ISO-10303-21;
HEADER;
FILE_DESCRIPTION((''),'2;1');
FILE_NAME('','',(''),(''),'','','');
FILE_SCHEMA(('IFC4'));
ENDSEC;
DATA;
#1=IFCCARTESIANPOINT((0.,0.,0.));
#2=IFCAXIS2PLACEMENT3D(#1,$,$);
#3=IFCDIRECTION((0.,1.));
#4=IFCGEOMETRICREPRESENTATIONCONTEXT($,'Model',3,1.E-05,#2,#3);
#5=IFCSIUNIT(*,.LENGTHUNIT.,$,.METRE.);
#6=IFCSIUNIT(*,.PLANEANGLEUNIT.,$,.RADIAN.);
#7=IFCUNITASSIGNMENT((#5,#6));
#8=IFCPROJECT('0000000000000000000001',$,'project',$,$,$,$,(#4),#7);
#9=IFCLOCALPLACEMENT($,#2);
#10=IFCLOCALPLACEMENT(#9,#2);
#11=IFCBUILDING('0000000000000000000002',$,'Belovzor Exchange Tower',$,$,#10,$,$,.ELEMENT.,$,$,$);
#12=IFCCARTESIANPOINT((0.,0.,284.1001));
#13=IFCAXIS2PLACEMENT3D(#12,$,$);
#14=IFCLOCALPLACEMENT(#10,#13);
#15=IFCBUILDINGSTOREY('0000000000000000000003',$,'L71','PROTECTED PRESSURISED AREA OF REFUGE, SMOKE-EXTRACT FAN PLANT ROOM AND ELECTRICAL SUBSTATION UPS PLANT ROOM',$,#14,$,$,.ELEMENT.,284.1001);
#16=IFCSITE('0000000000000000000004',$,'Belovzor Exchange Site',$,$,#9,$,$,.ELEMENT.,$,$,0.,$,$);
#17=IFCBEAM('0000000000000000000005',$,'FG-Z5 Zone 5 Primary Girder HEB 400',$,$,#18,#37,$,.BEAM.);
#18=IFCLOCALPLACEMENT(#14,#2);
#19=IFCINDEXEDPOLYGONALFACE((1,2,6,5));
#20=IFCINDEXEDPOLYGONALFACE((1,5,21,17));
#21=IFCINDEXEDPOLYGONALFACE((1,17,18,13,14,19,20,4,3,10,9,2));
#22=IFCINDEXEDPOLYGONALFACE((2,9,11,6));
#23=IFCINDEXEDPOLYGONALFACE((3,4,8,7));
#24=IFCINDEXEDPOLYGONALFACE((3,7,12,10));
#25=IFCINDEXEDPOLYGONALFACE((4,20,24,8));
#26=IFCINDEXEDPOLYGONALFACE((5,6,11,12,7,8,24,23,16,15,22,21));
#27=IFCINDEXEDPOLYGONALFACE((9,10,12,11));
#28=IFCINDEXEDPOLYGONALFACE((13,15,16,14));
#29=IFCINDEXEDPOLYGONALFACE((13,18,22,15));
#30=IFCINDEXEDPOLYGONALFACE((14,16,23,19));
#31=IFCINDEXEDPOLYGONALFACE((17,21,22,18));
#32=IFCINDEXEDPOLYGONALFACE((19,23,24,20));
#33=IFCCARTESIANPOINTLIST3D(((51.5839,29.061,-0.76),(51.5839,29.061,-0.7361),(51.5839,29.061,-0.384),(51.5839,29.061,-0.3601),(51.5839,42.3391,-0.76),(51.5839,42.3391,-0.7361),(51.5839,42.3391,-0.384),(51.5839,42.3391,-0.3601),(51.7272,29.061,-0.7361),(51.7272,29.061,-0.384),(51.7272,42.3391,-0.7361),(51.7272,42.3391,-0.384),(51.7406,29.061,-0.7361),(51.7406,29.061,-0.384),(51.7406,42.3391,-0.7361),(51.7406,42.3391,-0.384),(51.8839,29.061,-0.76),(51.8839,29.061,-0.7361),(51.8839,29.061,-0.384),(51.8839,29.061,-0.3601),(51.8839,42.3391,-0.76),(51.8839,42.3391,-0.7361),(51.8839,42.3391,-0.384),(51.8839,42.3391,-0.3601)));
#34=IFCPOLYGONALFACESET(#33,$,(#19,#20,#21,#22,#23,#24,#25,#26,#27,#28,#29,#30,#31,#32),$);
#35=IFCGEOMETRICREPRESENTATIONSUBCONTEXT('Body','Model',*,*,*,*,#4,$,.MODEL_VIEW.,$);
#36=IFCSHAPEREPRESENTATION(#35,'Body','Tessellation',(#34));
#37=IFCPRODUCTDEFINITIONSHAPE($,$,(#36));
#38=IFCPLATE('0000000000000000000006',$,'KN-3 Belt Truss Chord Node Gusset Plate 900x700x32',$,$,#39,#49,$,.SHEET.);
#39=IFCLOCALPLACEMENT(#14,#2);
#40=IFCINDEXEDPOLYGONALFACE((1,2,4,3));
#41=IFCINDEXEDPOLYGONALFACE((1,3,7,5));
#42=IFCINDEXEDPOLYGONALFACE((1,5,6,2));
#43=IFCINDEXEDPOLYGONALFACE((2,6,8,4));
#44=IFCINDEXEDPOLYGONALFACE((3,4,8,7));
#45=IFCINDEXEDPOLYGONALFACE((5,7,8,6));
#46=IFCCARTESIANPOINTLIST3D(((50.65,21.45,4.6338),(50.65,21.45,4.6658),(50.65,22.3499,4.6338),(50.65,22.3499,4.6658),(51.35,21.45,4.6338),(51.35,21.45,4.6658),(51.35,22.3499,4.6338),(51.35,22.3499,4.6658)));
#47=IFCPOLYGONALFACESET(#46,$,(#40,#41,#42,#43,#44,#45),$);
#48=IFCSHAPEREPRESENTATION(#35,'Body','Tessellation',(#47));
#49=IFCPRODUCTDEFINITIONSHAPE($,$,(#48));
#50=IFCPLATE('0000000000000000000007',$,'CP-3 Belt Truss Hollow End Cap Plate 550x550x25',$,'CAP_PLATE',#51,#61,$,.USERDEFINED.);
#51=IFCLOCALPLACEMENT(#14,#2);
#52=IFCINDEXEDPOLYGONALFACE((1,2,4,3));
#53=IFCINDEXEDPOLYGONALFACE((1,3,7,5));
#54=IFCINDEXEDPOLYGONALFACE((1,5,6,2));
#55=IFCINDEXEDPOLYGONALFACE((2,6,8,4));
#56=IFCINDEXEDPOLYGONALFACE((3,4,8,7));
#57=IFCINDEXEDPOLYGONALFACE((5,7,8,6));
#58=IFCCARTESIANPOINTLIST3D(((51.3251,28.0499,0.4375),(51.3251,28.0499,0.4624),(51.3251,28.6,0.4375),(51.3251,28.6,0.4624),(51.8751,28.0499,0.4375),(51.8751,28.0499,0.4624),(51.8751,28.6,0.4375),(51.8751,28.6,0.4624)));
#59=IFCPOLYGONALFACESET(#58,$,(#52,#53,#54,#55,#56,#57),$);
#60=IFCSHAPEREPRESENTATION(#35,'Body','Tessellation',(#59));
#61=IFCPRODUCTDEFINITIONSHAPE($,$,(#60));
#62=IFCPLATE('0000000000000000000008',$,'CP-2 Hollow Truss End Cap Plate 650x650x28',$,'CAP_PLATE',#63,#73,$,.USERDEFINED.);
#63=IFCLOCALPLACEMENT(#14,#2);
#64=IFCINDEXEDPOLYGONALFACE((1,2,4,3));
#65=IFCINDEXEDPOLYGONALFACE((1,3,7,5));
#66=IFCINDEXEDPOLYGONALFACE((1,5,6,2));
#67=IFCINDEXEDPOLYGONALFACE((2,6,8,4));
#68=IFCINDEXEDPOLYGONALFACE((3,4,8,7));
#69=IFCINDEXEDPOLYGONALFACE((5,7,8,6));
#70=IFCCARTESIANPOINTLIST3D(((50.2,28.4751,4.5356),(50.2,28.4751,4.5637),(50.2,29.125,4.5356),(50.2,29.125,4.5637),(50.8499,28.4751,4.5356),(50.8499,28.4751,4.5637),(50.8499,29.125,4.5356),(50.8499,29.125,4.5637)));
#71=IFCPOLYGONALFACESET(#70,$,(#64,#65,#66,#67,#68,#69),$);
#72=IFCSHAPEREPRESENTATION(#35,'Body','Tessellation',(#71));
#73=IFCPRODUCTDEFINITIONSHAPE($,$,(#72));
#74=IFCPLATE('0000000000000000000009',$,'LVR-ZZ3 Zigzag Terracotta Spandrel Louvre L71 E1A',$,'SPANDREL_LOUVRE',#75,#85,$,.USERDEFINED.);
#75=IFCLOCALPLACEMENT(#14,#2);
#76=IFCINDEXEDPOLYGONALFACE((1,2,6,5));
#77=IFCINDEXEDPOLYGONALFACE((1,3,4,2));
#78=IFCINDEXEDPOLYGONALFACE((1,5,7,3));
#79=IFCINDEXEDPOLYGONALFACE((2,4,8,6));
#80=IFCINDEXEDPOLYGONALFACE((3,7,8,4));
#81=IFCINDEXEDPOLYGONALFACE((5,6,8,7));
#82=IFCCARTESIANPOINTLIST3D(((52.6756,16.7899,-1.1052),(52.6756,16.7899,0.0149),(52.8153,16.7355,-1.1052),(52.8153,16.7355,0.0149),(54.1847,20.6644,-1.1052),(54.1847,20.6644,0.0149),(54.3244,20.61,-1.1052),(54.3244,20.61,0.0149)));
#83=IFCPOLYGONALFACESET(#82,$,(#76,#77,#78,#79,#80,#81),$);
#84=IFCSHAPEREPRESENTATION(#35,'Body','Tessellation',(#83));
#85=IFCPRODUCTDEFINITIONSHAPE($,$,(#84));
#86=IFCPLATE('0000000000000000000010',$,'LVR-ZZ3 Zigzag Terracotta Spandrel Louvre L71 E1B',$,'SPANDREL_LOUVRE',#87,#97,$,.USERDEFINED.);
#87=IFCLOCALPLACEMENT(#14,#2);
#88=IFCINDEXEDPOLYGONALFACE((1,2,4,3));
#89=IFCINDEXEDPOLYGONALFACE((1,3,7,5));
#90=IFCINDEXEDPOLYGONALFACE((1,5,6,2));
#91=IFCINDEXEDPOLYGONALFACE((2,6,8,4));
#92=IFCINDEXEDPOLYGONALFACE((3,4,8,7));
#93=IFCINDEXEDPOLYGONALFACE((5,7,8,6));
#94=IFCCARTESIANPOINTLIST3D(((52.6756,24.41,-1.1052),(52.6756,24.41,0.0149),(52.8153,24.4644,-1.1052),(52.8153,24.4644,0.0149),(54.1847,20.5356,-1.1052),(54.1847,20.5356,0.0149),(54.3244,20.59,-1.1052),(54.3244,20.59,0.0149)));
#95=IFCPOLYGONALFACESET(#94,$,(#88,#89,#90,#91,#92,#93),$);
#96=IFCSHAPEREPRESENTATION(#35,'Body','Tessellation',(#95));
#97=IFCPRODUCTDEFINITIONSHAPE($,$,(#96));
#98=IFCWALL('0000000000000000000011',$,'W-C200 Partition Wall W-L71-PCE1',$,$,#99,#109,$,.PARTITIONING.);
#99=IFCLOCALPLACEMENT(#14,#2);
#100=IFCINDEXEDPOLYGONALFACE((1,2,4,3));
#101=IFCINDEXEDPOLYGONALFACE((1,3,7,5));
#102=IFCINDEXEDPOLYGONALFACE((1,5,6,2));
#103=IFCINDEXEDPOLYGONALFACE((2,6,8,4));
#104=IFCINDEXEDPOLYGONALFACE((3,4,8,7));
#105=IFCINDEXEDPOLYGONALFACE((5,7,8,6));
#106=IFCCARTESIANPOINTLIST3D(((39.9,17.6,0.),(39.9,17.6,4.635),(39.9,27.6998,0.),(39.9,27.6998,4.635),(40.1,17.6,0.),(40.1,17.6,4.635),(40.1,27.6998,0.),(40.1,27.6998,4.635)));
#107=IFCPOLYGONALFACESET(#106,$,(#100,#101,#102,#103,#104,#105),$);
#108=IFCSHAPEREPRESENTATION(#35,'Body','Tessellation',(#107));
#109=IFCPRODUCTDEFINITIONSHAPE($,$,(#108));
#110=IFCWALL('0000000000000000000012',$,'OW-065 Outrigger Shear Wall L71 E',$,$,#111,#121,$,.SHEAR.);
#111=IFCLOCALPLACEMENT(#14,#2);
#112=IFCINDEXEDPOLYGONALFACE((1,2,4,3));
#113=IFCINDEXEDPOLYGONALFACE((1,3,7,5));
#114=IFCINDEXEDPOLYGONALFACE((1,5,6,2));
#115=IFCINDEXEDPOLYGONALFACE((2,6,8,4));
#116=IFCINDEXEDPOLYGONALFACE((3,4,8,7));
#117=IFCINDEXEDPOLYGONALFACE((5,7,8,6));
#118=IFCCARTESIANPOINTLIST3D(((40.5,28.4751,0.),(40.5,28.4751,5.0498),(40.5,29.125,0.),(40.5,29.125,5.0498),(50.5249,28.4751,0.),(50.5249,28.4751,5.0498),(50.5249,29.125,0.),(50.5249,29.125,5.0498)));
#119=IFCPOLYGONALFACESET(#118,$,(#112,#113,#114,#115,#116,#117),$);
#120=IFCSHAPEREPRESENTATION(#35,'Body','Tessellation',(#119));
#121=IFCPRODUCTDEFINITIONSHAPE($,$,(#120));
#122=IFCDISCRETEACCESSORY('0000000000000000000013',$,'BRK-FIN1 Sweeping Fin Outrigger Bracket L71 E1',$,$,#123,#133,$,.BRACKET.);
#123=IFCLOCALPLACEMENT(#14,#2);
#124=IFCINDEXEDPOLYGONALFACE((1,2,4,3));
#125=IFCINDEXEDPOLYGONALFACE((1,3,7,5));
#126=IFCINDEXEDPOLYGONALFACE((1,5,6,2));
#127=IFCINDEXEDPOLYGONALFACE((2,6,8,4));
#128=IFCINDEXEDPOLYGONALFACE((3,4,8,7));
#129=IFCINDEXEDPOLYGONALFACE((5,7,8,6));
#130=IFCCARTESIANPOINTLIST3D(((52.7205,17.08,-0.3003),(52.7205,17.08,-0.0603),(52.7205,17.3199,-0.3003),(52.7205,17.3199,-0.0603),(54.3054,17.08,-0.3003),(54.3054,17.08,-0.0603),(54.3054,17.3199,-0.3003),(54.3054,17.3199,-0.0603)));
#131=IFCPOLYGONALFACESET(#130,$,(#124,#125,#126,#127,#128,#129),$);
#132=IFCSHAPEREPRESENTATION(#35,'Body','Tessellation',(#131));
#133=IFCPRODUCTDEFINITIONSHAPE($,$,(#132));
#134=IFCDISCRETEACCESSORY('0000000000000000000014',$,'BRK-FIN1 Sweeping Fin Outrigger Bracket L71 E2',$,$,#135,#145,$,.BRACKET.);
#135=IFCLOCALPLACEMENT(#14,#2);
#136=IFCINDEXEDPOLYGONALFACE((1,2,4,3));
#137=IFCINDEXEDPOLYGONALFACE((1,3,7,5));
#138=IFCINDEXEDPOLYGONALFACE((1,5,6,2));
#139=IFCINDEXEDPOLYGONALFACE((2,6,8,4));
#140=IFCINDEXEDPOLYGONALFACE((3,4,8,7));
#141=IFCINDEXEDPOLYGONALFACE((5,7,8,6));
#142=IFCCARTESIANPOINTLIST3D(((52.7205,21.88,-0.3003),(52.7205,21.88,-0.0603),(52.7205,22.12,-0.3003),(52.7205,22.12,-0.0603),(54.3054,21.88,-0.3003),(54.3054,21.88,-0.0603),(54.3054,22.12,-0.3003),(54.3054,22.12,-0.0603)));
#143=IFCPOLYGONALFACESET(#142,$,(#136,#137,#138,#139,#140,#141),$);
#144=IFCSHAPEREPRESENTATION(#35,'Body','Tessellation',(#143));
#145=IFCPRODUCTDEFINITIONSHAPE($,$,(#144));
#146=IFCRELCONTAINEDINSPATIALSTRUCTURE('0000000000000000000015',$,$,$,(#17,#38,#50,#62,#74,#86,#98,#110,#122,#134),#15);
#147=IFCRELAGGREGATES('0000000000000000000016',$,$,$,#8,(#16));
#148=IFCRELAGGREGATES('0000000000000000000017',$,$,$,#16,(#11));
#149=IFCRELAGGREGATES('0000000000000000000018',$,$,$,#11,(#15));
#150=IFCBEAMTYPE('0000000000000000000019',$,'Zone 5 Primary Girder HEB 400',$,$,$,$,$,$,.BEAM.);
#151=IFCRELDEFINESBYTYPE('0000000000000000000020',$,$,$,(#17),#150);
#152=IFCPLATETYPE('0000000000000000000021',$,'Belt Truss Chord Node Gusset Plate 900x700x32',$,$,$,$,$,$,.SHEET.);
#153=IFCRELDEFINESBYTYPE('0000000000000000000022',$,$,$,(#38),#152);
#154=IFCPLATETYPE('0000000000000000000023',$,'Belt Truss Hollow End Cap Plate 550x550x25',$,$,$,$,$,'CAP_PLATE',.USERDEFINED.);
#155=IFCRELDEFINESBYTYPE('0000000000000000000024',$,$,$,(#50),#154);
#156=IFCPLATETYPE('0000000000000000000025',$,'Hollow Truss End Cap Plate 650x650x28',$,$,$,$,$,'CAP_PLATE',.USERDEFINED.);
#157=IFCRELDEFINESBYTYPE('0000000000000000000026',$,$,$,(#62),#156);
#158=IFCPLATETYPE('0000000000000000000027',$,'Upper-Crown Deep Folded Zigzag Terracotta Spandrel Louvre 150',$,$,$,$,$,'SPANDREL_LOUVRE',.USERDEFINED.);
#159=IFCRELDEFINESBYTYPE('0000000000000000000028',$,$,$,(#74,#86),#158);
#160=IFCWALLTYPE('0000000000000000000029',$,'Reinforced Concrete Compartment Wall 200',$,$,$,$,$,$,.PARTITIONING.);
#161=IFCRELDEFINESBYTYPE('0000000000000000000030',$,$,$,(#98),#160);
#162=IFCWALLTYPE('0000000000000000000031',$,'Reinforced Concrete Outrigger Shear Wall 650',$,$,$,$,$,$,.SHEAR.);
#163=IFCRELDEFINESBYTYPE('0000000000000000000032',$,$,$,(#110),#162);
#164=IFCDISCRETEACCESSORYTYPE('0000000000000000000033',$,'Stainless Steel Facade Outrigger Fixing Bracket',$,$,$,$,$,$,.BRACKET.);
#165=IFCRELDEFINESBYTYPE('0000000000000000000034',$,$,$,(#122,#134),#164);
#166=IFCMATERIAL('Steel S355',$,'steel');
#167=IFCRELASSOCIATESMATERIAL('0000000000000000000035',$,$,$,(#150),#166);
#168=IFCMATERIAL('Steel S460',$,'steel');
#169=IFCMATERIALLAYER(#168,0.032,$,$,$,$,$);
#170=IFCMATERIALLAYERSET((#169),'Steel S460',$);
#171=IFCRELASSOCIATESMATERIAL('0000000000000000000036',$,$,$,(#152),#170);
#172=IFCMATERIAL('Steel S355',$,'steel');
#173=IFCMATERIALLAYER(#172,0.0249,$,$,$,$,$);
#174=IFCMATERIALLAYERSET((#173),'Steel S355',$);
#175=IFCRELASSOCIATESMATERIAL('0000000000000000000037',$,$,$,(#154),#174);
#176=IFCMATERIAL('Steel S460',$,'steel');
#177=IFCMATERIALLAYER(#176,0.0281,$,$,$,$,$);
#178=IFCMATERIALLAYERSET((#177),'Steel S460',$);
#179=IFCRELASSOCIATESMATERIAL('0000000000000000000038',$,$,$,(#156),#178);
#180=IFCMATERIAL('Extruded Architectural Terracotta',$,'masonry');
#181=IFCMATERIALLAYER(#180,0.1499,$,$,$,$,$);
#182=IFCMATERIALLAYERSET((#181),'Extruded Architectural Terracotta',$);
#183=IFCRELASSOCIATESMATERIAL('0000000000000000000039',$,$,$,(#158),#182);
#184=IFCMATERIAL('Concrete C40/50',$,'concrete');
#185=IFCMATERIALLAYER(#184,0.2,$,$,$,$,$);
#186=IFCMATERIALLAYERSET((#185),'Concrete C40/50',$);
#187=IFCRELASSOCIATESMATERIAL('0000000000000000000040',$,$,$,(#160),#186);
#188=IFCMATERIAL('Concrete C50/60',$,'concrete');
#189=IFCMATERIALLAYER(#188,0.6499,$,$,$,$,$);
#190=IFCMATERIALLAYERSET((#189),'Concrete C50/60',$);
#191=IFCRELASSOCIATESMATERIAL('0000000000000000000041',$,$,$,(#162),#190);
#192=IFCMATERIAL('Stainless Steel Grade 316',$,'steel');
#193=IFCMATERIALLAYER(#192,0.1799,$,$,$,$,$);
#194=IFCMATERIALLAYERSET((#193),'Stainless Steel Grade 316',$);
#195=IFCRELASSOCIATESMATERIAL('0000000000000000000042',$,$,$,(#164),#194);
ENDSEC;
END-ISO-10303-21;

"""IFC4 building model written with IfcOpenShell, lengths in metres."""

from ifc_helpers import new_model, si_unit, direction, frame, frame_2d, origin, origin_2d, place, context, subcontext, project, spatial, rectangle, i_section, extrude, material, layer, layer_set, material_profile, profile_set, type_object, element, save


model = new_model("IFC4")

# Units and contexts
model_context = context("Model", 3, precision=1e-05, world=origin(), true_north=direction((0.0, 1.0)))
body_context = subcontext(model_context, "Body", "Model", "MODEL_VIEW")
ifc_project = project(units=[si_unit("LENGTHUNIT", "METRE"), si_unit("PLANEANGLEUNIT", "RADIAN")], contexts=[model_context])

# Site, building, storey
site_placement = place(None, origin())
site = spatial("IfcSite", under=ifc_project, at=site_placement, Name="Belovzor Exchange Site", CompositionType="ELEMENT", RefElevation=0.0)
building_placement = place(site_placement, origin())
building = spatial("IfcBuilding", under=site, at=building_placement, Name="Belovzor Exchange Tower", CompositionType="ELEMENT")
storey_placement = place(building_placement, frame((0.0, 0.0, 284.1001)))
storey = spatial("IfcBuildingStorey", under=building, at=storey_placement, Name="L71", Description="PROTECTED PRESSURISED AREA OF REFUGE, SMOKE-EXTRACT FAN PLANT ROOM AND ELECTRICAL SUBSTATION UPS PLANT ROOM", CompositionType="ELEMENT", Elevation=284.1001)

# Beam
ifc_material_1 = material(Name="Steel S355", Category="steel")
ifc_material_profile_1 = material_profile(ifc_material_1, i_section(OverallWidth=0.3, OverallDepth=0.3999, WebThickness=0.0134, FlangeThickness=0.0239, at=origin_2d()))
ifc_profile_set_1 = profile_set([ifc_material_profile_1], Name="Steel S355")
beam_type_1 = type_object("IfcBeamType", Name="Zone 5 Primary Girder HEB 400", PredefinedType="BEAM", material=ifc_profile_set_1)
beam_1_placement = place(storey_placement, frame((51.7339, 29.061, -0.5601), z_axis=(0.0, 1.0, 0.0), x_axis=(-1.0, 0.0, 0.0)))
element("IfcBeam", 1, at=beam_1_placement, inside=storey, type_object=beam_type_1, Name="FG-Z5 Zone 5 Primary Girder HEB 400", PredefinedType="BEAM", context=body_context, shape_type="SweptSolid", body=[
    extrude(i_section(OverallWidth=0.3, OverallDepth=0.3999, WebThickness=0.0134, FlangeThickness=0.0239, at=origin_2d()), origin(), (0.0, 0.0, 1.0), 13.2781),
])

# Plates
ifc_material_2 = material(Name="Steel S460", Category="steel")
ifc_layer_1 = layer(ifc_material_2, 0.032)
ifc_layer_set_1 = layer_set([ifc_layer_1], Name="Steel S460")
plate_type_1 = type_object("IfcPlateType", Name="Belt Truss Chord Node Gusset Plate 900x700x32", PredefinedType="SHEET", material=ifc_layer_set_1)
plate_1_placement = place(storey_placement, frame((51.0, 21.8999, 4.6338), z_axis=(0.0, 0.0, 1.0), x_axis=(0.0, 1.0, 0.0)))
element("IfcPlate", 2, at=plate_1_placement, inside=storey, type_object=plate_type_1, Name="KN-3 Belt Truss Chord Node Gusset Plate 900x700x32", PredefinedType="SHEET", context=body_context, shape_type="SweptSolid", body=[
    extrude(rectangle(XDim=0.8999, YDim=0.7, at=origin_2d()), origin(), (0.0, 0.0, 1.0), 0.032),
])
ifc_material_3 = material(Name="Steel S355", Category="steel")
ifc_layer_2 = layer(ifc_material_3, 0.0249)
ifc_layer_set_2 = layer_set([ifc_layer_2], Name="Steel S355")
plate_type_2 = type_object("IfcPlateType", Name="Belt Truss Hollow End Cap Plate 550x550x25", ElementType="CAP_PLATE", PredefinedType="USERDEFINED", material=ifc_layer_set_2)
plate_2_placement = place(storey_placement, frame((51.6001, 28.325, 0.4375), z_axis=(0.0, 0.0, 1.0), x_axis=(0.0, 1.0, 0.0)))
element("IfcPlate", 3, at=plate_2_placement, inside=storey, type_object=plate_type_2, Name="CP-3 Belt Truss Hollow End Cap Plate 550x550x25", ObjectType="CAP_PLATE", PredefinedType="USERDEFINED", context=body_context, shape_type="SweptSolid", body=[
    extrude(rectangle(XDim=0.55, YDim=0.55, at=origin_2d()), origin(), (0.0, 0.0, 1.0), 0.0249),
])
ifc_material_4 = material(Name="Steel S460", Category="steel")
ifc_layer_3 = layer(ifc_material_4, 0.0281)
ifc_layer_set_3 = layer_set([ifc_layer_3], Name="Steel S460")
plate_type_3 = type_object("IfcPlateType", Name="Hollow Truss End Cap Plate 650x650x28", ElementType="CAP_PLATE", PredefinedType="USERDEFINED", material=ifc_layer_set_3)
plate_3_placement = place(storey_placement, frame((50.5249, 28.8, 4.5356), z_axis=(0.0, 0.0, 1.0), x_axis=(1.0, 0.0, 0.0)))
element("IfcPlate", 4, at=plate_3_placement, inside=storey, type_object=plate_type_3, Name="CP-2 Hollow Truss End Cap Plate 650x650x28", ObjectType="CAP_PLATE", PredefinedType="USERDEFINED", context=body_context, shape_type="SweptSolid", body=[
    extrude(rectangle(XDim=0.6499, YDim=0.6499, at=origin_2d()), origin(), (0.0, 0.0, 1.0), 0.0281),
])
ifc_material_5 = material(Name="Extruded Architectural Terracotta", Category="masonry")
ifc_layer_4 = layer(ifc_material_5, 0.1499)
ifc_layer_set_4 = layer_set([ifc_layer_4], Name="Extruded Architectural Terracotta")
plate_type_4 = type_object("IfcPlateType", Name="Upper-Crown Deep Folded Zigzag Terracotta Spandrel Louvre 150", ElementType="SPANDREL_LOUVRE", PredefinedType="USERDEFINED", material=ifc_layer_set_4)
for number, where, z_axis, x_axis, name in (
    (5, (53.5, 18.7, -1.1052), (0.0, 0.0, 1.0), (0.362926, 0.931818, 0.0), "LVR-ZZ3 Zigzag Terracotta Spandrel Louvre L71 E1A"),
    (6, (53.5, 22.5, -1.1052), (0.0, 0.0, 1.0), (-0.362926, 0.931818, 0.0), "LVR-ZZ3 Zigzag Terracotta Spandrel Louvre L71 E1B"),
):
    element("IfcPlate", number, at=place(storey_placement, frame(where, z_axis=z_axis, x_axis=x_axis)), inside=storey, type_object=plate_type_4, Name=name, ObjectType="SPANDREL_LOUVRE", PredefinedType="USERDEFINED", context=body_context, shape_type="SweptSolid", body=[
        extrude(rectangle(XDim=4.158, YDim=0.1499, at=origin_2d()), origin(), (0.0, 0.0, 1.0), 1.1201),
    ])

# Walls
ifc_material_6 = material(Name="Concrete C40/50", Category="concrete")
ifc_layer_5 = layer(ifc_material_6, 0.2)
ifc_layer_set_5 = layer_set([ifc_layer_5], Name="Concrete C40/50")
wall_type_1 = type_object("IfcWallType", Name="Reinforced Concrete Compartment Wall 200", PredefinedType="PARTITIONING", material=ifc_layer_set_5)
wall_1_placement = place(storey_placement, frame((40.0, 17.6001, 0.0), z_axis=(0.0, 0.0, 1.0), x_axis=(0.0, 1.0, 0.0)))
element("IfcWall", 7, at=wall_1_placement, inside=storey, type_object=wall_type_1, Name="W-C200 Partition Wall W-L71-PCE1", PredefinedType="PARTITIONING", context=body_context, shape_type="SweptSolid", body=[
    extrude(rectangle(XDim=10.0999, YDim=0.2, at=frame_2d((5.0498, 0.0))), origin(), (0.0, 0.0, 1.0), 4.635),
])
ifc_material_7 = material(Name="Concrete C50/60", Category="concrete")
ifc_layer_6 = layer(ifc_material_7, 0.6499)
ifc_layer_set_6 = layer_set([ifc_layer_6], Name="Concrete C50/60")
wall_type_2 = type_object("IfcWallType", Name="Reinforced Concrete Outrigger Shear Wall 650", PredefinedType="SHEAR", material=ifc_layer_set_6)
wall_2_placement = place(storey_placement, frame((40.5, 28.8, 0.0), z_axis=(0.0, 0.0, 1.0), x_axis=(1.0, 0.0, 0.0)))
element("IfcWall", 8, at=wall_2_placement, inside=storey, type_object=wall_type_2, Name="OW-065 Outrigger Shear Wall L71 E", PredefinedType="SHEAR", context=body_context, shape_type="SweptSolid", body=[
    extrude(rectangle(XDim=10.0249, YDim=0.6499, at=frame_2d((5.0125, 0.0))), origin(), (0.0, 0.0, 1.0), 5.0498),
])

# Discrete accessories
ifc_material_8 = material(Name="Stainless Steel Grade 316", Category="steel")
ifc_layer_7 = layer(ifc_material_8, 0.1799)
ifc_layer_set_7 = layer_set([ifc_layer_7], Name="Stainless Steel Grade 316")
discrete_accessory_type = type_object("IfcDiscreteAccessoryType", Name="Stainless Steel Facade Outrigger Fixing Bracket", PredefinedType="BRACKET", material=ifc_layer_set_7)
for number, where, z_axis, x_axis, name in (
    (9, (53.5129, 17.2, -0.3003), (0.0, 0.0, 1.0), (1.0, 0.0, 0.0), "BRK-FIN1 Sweeping Fin Outrigger Bracket L71 E1"),
    (10, (53.5129, 22.0, -0.3003), (0.0, 0.0, 1.0), (1.0, 0.0, 0.0), "BRK-FIN1 Sweeping Fin Outrigger Bracket L71 E2"),
):
    element("IfcDiscreteAccessory", number, at=place(storey_placement, frame(where, z_axis=z_axis, x_axis=x_axis)), inside=storey, type_object=discrete_accessory_type, Name=name, PredefinedType="BRACKET", context=body_context, shape_type="SweptSolid", body=[
        extrude(rectangle(XDim=1.585, YDim=0.24, at=origin_2d()), origin(), (0.0, 0.0, 1.0), 0.24),
    ])

save(model, "model.ifc")
